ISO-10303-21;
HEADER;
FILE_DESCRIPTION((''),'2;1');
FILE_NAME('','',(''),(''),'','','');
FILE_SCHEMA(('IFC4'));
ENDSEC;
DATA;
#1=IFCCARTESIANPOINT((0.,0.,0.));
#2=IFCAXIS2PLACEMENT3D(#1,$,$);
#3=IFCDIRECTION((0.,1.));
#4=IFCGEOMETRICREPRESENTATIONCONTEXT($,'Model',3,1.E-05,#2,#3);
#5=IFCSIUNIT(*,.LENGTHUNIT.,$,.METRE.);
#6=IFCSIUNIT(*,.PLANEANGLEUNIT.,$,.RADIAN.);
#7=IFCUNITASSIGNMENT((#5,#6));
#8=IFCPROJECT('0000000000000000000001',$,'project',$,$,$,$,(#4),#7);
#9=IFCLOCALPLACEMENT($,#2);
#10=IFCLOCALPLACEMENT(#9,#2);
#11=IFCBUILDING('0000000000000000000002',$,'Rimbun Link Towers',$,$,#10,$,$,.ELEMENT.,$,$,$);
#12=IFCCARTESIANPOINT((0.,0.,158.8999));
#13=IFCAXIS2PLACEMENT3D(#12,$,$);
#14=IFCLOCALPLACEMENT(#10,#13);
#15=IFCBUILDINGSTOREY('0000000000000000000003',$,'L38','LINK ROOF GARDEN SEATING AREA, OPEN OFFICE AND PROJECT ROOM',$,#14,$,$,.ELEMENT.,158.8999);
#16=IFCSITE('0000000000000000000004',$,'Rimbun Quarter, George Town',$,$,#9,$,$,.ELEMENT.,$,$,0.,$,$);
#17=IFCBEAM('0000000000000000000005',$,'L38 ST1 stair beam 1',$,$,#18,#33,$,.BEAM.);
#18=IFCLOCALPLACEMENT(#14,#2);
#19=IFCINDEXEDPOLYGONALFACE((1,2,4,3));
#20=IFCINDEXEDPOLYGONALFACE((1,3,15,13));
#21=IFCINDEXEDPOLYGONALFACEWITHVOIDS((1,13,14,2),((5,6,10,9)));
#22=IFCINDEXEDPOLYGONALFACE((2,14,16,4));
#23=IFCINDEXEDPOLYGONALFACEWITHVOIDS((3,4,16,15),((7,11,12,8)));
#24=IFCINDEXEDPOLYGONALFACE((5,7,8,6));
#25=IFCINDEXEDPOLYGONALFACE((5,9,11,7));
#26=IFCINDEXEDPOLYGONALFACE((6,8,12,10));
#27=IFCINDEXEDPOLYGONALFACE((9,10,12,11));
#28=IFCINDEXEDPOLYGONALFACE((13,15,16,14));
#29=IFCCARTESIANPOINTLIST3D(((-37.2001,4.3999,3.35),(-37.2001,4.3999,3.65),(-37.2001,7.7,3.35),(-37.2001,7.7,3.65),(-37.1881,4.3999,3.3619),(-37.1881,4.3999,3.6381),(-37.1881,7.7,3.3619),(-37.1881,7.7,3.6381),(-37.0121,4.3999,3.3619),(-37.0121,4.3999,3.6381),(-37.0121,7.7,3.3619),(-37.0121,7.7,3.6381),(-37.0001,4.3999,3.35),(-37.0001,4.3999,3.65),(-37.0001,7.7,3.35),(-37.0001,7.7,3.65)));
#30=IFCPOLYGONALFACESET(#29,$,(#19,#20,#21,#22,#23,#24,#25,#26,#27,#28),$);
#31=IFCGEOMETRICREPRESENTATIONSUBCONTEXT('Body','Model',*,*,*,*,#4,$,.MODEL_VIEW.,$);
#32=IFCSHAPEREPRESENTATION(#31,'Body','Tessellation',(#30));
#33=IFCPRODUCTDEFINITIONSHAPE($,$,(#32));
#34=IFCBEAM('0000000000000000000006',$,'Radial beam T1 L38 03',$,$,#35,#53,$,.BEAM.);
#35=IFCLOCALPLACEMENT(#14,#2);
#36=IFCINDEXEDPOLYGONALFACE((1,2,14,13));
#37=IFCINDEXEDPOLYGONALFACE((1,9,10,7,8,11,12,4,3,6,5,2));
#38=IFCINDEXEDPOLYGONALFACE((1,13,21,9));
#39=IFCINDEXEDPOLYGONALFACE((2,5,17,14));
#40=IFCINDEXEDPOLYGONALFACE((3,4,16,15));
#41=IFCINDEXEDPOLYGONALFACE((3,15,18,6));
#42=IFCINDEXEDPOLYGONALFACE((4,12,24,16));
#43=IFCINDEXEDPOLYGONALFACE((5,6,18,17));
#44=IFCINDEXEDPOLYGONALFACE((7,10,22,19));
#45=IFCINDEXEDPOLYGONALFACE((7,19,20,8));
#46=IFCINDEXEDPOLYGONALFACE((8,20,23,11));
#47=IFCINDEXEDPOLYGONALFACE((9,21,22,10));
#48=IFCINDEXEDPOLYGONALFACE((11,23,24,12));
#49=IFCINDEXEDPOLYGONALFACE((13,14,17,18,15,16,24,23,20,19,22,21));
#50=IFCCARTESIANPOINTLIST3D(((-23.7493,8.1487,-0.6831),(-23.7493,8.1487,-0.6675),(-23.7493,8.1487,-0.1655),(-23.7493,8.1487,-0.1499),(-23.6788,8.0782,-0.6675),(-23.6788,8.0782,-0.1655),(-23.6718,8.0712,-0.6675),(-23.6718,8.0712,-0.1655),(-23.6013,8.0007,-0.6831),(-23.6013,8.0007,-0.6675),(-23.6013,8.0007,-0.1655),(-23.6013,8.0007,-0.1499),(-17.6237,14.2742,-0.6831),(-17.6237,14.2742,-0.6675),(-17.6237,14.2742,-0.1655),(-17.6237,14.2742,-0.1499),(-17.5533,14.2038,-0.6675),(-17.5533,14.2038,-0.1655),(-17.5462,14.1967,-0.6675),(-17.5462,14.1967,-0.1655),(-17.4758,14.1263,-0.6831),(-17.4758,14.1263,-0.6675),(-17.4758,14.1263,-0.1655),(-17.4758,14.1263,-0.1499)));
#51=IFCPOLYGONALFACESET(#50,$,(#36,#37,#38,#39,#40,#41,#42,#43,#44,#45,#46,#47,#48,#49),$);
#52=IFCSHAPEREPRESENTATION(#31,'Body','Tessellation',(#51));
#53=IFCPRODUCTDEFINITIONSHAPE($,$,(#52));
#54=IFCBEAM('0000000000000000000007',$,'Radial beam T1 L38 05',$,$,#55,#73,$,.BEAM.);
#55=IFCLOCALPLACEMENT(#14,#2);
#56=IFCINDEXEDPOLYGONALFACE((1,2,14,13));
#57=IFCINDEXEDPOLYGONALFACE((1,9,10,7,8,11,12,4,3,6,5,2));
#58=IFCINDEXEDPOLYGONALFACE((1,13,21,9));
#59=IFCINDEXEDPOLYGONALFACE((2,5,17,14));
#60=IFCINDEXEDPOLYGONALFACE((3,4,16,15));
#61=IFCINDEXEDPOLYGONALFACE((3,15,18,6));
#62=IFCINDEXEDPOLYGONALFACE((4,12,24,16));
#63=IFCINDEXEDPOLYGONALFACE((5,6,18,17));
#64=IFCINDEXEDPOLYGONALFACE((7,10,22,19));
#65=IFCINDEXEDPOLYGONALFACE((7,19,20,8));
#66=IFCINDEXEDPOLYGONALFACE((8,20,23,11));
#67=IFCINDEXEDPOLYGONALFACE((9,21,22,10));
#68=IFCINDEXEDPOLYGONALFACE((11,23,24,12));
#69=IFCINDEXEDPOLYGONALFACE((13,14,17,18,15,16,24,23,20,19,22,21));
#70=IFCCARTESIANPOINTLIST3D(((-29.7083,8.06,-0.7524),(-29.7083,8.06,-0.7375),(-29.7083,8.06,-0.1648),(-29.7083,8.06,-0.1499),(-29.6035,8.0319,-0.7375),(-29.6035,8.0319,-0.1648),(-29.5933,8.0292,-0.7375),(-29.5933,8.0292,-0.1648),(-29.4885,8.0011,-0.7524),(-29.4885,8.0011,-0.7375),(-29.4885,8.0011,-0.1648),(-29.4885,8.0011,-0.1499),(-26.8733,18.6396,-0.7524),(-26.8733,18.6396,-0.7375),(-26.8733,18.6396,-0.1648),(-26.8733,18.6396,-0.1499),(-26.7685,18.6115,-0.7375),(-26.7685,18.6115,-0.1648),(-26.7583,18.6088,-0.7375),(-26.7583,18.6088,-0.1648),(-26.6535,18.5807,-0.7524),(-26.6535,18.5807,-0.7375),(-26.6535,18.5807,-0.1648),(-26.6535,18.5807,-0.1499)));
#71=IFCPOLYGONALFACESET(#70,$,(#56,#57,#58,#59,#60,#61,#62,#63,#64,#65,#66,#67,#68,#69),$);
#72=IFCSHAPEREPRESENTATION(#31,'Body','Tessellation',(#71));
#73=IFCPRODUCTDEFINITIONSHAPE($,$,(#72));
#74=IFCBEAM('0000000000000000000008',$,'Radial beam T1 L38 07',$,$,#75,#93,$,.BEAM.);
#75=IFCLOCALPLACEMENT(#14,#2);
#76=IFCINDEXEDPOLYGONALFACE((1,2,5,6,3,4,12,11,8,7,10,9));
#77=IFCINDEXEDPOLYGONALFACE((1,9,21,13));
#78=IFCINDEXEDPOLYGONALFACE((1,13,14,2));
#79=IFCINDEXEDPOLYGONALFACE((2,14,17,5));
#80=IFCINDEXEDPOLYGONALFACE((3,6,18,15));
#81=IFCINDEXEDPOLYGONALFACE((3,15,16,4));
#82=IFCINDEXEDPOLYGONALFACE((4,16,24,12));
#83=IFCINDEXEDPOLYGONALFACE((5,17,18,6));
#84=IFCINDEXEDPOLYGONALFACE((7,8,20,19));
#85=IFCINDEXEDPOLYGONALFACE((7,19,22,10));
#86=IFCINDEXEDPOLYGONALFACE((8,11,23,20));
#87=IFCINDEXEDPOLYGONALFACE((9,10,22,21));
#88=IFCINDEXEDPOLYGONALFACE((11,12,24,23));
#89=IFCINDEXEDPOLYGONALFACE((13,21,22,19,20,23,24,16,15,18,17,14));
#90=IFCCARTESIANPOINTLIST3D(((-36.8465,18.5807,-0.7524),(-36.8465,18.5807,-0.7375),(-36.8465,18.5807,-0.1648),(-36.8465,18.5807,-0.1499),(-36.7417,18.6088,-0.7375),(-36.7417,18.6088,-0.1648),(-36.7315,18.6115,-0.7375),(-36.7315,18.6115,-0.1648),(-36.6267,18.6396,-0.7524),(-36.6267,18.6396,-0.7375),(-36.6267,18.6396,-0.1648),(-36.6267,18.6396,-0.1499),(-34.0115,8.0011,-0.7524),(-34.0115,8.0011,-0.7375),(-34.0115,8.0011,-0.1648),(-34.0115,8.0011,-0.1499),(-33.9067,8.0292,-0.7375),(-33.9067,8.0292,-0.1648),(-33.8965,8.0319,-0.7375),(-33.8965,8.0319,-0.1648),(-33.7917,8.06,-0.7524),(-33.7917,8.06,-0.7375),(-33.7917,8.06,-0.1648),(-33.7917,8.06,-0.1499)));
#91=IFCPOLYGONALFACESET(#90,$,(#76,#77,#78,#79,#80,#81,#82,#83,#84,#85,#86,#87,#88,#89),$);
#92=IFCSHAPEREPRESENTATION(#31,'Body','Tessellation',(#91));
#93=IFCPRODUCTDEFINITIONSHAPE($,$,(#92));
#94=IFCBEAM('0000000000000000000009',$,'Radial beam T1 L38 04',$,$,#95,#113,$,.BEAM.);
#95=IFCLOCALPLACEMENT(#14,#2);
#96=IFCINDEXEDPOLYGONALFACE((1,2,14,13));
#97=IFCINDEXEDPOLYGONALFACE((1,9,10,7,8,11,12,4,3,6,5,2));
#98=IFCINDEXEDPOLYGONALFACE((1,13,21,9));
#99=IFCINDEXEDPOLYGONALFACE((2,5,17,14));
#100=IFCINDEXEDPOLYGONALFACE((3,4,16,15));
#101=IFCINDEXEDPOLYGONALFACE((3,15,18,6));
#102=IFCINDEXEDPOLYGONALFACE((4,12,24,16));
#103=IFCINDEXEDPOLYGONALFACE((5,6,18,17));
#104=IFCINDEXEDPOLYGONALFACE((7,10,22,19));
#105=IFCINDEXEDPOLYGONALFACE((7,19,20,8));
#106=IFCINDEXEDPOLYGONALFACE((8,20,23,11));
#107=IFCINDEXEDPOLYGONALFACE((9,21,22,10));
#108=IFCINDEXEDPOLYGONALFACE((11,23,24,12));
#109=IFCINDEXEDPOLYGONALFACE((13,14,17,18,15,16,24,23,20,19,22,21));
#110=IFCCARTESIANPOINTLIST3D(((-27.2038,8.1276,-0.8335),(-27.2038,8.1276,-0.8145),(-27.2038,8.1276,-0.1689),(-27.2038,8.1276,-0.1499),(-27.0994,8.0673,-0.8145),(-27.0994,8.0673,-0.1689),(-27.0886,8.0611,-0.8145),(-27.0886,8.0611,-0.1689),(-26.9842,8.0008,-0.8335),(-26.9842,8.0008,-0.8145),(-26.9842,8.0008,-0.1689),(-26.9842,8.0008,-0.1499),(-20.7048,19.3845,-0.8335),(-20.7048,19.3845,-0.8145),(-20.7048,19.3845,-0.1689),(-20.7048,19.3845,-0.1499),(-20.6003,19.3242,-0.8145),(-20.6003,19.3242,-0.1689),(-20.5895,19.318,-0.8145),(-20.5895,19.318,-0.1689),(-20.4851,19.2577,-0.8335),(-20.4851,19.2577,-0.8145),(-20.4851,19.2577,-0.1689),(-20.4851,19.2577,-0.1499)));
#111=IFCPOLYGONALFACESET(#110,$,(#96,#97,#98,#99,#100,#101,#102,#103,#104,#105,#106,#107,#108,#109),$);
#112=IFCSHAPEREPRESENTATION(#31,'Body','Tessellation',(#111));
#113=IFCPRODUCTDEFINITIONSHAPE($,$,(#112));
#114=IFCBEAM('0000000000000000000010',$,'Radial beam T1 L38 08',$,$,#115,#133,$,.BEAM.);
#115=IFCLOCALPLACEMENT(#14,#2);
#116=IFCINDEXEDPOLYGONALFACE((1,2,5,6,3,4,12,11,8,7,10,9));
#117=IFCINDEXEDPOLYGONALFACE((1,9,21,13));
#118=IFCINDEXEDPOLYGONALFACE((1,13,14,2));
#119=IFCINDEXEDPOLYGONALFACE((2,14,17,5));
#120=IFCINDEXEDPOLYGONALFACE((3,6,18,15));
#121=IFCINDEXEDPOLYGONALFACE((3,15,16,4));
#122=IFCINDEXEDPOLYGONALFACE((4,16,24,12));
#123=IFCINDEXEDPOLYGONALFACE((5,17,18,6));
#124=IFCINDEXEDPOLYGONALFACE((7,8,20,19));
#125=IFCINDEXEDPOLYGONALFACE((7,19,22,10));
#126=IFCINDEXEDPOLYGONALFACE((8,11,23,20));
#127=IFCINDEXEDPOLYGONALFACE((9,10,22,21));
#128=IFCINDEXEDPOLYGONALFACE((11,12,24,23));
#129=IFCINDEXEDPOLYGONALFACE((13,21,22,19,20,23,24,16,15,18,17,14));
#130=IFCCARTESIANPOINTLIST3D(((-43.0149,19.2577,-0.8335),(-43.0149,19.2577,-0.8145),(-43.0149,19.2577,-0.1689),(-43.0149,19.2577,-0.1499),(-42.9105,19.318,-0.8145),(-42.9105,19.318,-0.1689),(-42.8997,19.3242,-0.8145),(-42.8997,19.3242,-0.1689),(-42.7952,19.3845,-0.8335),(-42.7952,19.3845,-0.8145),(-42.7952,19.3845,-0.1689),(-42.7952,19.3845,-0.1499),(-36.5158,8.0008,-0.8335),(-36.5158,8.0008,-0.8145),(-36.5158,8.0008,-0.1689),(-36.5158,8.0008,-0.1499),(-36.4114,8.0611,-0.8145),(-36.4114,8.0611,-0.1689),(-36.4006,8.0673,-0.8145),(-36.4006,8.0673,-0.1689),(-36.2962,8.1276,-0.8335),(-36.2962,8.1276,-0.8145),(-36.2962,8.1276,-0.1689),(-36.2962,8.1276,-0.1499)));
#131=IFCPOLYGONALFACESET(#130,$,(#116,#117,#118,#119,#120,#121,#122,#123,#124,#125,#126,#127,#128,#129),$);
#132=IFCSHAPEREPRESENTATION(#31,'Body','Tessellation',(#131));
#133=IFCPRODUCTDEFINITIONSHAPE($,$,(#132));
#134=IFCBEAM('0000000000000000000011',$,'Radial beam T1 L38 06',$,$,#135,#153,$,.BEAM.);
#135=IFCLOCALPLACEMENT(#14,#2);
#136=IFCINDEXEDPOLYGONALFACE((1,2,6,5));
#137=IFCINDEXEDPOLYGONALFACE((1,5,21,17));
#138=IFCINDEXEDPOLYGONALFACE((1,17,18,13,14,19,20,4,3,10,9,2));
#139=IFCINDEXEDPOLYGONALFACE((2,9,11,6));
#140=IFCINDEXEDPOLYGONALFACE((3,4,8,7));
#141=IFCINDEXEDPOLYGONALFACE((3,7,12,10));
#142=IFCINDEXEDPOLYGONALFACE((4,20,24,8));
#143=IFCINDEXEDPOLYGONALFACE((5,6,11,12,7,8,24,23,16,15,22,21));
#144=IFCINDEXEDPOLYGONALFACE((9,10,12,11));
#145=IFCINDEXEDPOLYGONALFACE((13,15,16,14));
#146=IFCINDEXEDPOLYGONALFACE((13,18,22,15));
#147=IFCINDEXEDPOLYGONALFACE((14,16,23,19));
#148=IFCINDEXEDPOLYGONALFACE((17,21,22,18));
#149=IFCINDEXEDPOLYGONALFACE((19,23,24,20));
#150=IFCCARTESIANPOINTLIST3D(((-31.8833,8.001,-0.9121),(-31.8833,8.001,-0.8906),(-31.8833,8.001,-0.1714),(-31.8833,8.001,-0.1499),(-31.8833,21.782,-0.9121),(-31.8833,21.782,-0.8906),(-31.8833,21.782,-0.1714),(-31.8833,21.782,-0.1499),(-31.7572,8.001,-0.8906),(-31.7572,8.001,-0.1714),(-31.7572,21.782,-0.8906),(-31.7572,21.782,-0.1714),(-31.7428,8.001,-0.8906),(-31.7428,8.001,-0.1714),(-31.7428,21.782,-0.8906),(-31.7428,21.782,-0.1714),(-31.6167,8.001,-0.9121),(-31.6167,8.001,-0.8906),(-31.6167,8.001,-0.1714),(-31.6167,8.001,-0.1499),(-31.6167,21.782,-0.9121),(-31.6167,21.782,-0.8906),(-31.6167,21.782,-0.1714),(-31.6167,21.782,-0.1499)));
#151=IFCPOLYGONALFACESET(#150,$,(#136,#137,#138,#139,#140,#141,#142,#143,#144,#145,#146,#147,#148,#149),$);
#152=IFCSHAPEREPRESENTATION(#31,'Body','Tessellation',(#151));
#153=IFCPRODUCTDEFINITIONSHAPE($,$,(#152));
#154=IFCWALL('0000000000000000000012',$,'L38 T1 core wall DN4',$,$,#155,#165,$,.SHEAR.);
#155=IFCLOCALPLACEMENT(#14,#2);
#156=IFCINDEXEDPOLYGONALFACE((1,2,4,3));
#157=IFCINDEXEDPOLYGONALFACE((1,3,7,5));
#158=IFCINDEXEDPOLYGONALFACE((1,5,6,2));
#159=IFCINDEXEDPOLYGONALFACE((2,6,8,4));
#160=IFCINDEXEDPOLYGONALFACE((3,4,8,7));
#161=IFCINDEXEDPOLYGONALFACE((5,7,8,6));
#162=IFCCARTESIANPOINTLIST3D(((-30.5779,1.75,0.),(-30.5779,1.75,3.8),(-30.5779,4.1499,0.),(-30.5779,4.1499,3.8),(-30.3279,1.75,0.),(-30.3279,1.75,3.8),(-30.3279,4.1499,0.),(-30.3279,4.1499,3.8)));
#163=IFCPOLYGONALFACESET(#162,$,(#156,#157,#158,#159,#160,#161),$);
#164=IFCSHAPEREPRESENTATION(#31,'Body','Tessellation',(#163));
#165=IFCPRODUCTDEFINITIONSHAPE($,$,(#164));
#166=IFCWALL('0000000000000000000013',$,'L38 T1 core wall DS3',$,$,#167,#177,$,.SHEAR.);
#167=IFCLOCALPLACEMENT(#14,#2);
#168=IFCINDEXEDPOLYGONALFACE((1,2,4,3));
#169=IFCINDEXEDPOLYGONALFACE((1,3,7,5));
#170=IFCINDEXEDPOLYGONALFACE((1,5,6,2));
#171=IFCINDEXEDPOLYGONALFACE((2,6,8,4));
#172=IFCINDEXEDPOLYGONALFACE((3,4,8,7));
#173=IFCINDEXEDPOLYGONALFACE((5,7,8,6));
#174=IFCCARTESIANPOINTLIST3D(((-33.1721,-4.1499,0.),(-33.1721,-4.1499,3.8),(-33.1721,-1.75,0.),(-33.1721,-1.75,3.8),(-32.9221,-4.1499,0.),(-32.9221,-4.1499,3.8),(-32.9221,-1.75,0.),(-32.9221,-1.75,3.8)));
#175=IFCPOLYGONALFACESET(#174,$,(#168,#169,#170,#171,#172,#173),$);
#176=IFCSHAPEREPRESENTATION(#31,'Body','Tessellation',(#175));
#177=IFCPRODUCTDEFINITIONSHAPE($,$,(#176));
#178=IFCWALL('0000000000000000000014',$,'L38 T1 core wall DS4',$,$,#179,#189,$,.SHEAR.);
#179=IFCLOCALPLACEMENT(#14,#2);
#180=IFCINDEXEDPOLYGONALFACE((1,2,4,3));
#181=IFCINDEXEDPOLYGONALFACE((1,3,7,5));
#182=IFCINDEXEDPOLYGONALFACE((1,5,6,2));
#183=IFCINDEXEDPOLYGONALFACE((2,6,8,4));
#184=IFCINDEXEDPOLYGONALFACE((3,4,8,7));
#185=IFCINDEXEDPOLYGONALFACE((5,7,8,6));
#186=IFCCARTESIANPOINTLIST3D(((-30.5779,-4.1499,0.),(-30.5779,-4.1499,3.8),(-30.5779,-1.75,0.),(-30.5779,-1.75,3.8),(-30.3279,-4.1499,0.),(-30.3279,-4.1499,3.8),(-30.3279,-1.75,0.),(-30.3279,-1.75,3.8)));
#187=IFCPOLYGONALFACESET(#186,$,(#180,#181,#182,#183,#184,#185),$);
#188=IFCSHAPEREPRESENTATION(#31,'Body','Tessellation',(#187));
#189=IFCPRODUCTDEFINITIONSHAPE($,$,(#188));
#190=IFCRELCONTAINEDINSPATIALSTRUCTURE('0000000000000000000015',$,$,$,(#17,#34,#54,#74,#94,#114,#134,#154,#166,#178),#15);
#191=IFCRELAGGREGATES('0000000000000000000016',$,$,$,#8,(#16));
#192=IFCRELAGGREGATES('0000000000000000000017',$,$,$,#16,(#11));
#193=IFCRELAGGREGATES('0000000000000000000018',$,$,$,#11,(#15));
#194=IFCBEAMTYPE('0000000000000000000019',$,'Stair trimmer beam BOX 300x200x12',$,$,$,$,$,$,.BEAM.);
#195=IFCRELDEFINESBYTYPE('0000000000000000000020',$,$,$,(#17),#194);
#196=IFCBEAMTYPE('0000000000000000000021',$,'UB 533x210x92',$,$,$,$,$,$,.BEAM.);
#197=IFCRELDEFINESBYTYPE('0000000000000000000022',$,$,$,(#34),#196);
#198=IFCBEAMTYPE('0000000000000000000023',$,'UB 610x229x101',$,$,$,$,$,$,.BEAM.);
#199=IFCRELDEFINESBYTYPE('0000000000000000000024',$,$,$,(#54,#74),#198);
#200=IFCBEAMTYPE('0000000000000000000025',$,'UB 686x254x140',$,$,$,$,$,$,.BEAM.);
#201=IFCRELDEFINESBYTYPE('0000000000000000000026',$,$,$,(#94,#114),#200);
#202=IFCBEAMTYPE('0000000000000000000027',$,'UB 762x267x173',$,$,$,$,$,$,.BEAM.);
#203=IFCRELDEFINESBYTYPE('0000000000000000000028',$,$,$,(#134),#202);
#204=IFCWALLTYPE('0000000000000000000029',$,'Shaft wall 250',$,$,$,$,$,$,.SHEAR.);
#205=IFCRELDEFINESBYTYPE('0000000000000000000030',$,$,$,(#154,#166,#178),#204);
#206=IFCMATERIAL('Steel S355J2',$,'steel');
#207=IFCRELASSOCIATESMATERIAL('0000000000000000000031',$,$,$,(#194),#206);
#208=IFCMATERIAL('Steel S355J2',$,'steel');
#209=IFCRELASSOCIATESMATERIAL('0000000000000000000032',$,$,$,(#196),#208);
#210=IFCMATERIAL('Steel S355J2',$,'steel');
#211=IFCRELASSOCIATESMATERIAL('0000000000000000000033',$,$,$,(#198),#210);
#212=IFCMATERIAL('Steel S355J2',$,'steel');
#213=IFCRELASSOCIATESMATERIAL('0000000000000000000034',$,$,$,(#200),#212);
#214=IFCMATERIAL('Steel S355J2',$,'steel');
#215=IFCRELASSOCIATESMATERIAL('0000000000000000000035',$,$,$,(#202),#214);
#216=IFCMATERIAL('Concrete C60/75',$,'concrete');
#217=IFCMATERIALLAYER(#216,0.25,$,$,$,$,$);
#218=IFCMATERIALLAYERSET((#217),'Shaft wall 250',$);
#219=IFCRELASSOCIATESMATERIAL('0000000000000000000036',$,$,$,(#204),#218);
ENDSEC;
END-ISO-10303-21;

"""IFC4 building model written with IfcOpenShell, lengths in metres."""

from ifc_helpers import new_model, si_unit, direction, frame, frame_2d, origin, origin_2d, place, context, subcontext, project, spatial, rectangle, hollow_rectangle, i_section, extrude, material, layer, layer_set, material_profile, profile_set, type_object, element, save


model = new_model("IFC4")

# Units and contexts
model_context = context("Model", 3, precision=1e-05, world=origin(), true_north=direction((0.0, 1.0)))
body_context = subcontext(model_context, "Body", "Model", "MODEL_VIEW")
ifc_project = project(units=[si_unit("LENGTHUNIT", "METRE"), si_unit("PLANEANGLEUNIT", "RADIAN")], contexts=[model_context])

# Site, building, storey
site_placement = place(None, origin())
site = spatial("IfcSite", under=ifc_project, at=site_placement, Name="Rimbun Quarter, George Town", CompositionType="ELEMENT", RefElevation=0.0)
building_placement = place(site_placement, origin())
building = spatial("IfcBuilding", under=site, at=building_placement, Name="Rimbun Link Towers", CompositionType="ELEMENT")
storey_placement = place(building_placement, frame((0.0, 0.0, 158.8999)))
storey = spatial("IfcBuildingStorey", under=building, at=storey_placement, Name="L38", Description="LINK ROOF GARDEN SEATING AREA, OPEN OFFICE AND PROJECT ROOM", CompositionType="ELEMENT", Elevation=158.8999)

# Beams
ifc_material_1 = material(Name="Steel S355J2", Category="steel")
ifc_material_profile_1 = material_profile(ifc_material_1, hollow_rectangle(XDim=0.2, YDim=0.3, WallThickness=0.012, at=origin_2d()), Name="BOX 300x200x12")
ifc_profile_set_1 = profile_set([ifc_material_profile_1], Name="Steel S355J2")
beam_type_1 = type_object("IfcBeamType", Name="Stair trimmer beam BOX 300x200x12", PredefinedType="BEAM", material=ifc_profile_set_1)
beam_1_placement = place(storey_placement, frame((-37.1001, 7.7, 3.5), z_axis=(0.0, -1.0, 0.0), x_axis=(1.0, 0.0, 0.0)))
element("IfcBeam", 1, at=beam_1_placement, inside=storey, type_object=beam_type_1, Name="L38 ST1 stair beam 1", PredefinedType="BEAM", context=body_context, shape_type="SweptSolid", body=[
    extrude(hollow_rectangle(XDim=0.2, YDim=0.3, WallThickness=0.012, at=origin_2d()), origin(), (0.0, 0.0, 1.0), 3.3),
])
ifc_material_2 = material(Name="Steel S355J2", Category="steel")
ifc_material_profile_2 = material_profile(ifc_material_2, i_section(OverallWidth=0.2092, OverallDepth=0.5332, WebThickness=0.01, FlangeThickness=0.0156, at=origin_2d()), Name="UB 533x210x92")
ifc_profile_set_2 = profile_set([ifc_material_profile_2], Name="Steel S355J2")
beam_type_2 = type_object("IfcBeamType", Name="UB 533x210x92", PredefinedType="BEAM", material=ifc_profile_set_2)
beam_2_placement = place(storey_placement, frame((-23.6753, 8.0747, -0.4165), z_axis=(0.707107, 0.707107, 0.0), x_axis=(-0.707107, 0.707107, 0.0)))
element("IfcBeam", 2, at=beam_2_placement, inside=storey, type_object=beam_type_2, Name="Radial beam T1 L38 03", PredefinedType="BEAM", context=body_context, shape_type="SweptSolid", body=[
    extrude(i_section(OverallWidth=0.2092, OverallDepth=0.5332, WebThickness=0.01, FlangeThickness=0.0156, at=origin_2d()), origin(), (0.0, 0.0, 1.0), 8.6628),
])
ifc_material_3 = material(Name="Steel S355J2", Category="steel")
ifc_material_profile_3 = material_profile(ifc_material_3, i_section(OverallWidth=0.2275, OverallDepth=0.6025, WebThickness=0.0105, FlangeThickness=0.0149, at=origin_2d()), Name="UB 610x229x101")
ifc_profile_set_3 = profile_set([ifc_material_profile_3], Name="Steel S355J2")
beam_type_3 = type_object("IfcBeamType", Name="UB 610x229x101", PredefinedType="BEAM", material=ifc_profile_set_3)
for number, where, z_axis, x_axis, name in (
    (3, (-29.5984, 8.0305, -0.4512), (0.258833, 0.965922, 0.0), (-0.965922, 0.258833, 0.0), "Radial beam T1 L38 05"),
    (4, (-33.9016, 8.0305, -0.4512), (-0.258833, 0.965922, 0.0), (-0.965922, -0.258833, 0.0), "Radial beam T1 L38 07"),
):
    element("IfcBeam", number, at=place(storey_placement, frame(where, z_axis=z_axis, x_axis=x_axis)), inside=storey, type_object=beam_type_3, Name=name, PredefinedType="BEAM", context=body_context, shape_type="SweptSolid", body=[
        extrude(i_section(OverallWidth=0.2275, OverallDepth=0.6025, WebThickness=0.0105, FlangeThickness=0.0149, at=origin_2d()), origin(), (0.0, 0.0, 1.0), 10.9529),
    ])
ifc_material_4 = material(Name="Steel S355J2", Category="steel")
ifc_material_profile_4 = material_profile(ifc_material_4, i_section(OverallWidth=0.2537, OverallDepth=0.6836, WebThickness=0.0125, FlangeThickness=0.019, at=origin_2d()), Name="UB 686x254x140")
ifc_profile_set_4 = profile_set([ifc_material_profile_4], Name="Steel S355J2")
beam_type_4 = type_object("IfcBeamType", Name="UB 686x254x140", PredefinedType="BEAM", material=ifc_profile_set_4)
for number, where, z_axis, x_axis, name in (
    (5, (-27.094, 8.0642, -0.4917), (0.499993, 0.866029, 0.0), (-0.866029, 0.499993, 0.0), "Radial beam T1 L38 04"),
    (6, (-36.406, 8.0642, -0.4917), (-0.499993, 0.866029, 0.0), (-0.866029, -0.499993, 0.0), "Radial beam T1 L38 08"),
):
    element("IfcBeam", number, at=place(storey_placement, frame(where, z_axis=z_axis, x_axis=x_axis)), inside=storey, type_object=beam_type_4, Name=name, PredefinedType="BEAM", context=body_context, shape_type="SweptSolid", body=[
        extrude(i_section(OverallWidth=0.2537, OverallDepth=0.6836, WebThickness=0.0125, FlangeThickness=0.019, at=origin_2d()), origin(), (0.0, 0.0, 1.0), 12.9983),
    ])
ifc_material_5 = material(Name="Steel S355J2", Category="steel")
ifc_material_profile_5 = material_profile(ifc_material_5, i_section(OverallWidth=0.2666, OverallDepth=0.7622, WebThickness=0.0144, FlangeThickness=0.0215, at=origin_2d()), Name="UB 762x267x173")
ifc_profile_set_5 = profile_set([ifc_material_profile_5], Name="Steel S355J2")
beam_type_5 = type_object("IfcBeamType", Name="UB 762x267x173", PredefinedType="BEAM", material=ifc_profile_set_5)
beam_3_placement = place(storey_placement, frame((-31.75, 8.001, -0.531), z_axis=(0.0, 1.0, 0.0), x_axis=(-1.0, 0.0, 0.0)))
element("IfcBeam", 7, at=beam_3_placement, inside=storey, type_object=beam_type_5, Name="Radial beam T1 L38 06", PredefinedType="BEAM", context=body_context, shape_type="SweptSolid", body=[
    extrude(i_section(OverallWidth=0.2666, OverallDepth=0.7622, WebThickness=0.0144, FlangeThickness=0.0215, at=origin_2d()), origin(), (0.0, 0.0, 1.0), 13.781),
])

# Walls
ifc_material_6 = material(Name="Concrete C60/75", Category="concrete")
ifc_layer_1 = layer(ifc_material_6, 0.25)
ifc_layer_set_1 = layer_set([ifc_layer_1], Name="Shaft wall 250")
wall_type_1 = type_object("IfcWallType", Name="Shaft wall 250", PredefinedType="SHEAR", material=ifc_layer_set_1)
for number, where, z_axis, x_axis, name in (
    (8, (-30.4529, 1.75, 0.0), (0.0, 0.0, 1.0), (0.0, 1.0, 0.0), "L38 T1 core wall DN4"),
    (9, (-33.0471, -4.1499, 0.0), (0.0, 0.0, 1.0), (0.0, 1.0, 0.0), "L38 T1 core wall DS3"),
    (10, (-30.4529, -4.1499, 0.0), (0.0, 0.0, 1.0), (0.0, 1.0, 0.0), "L38 T1 core wall DS4"),
):
    element("IfcWall", number, at=place(storey_placement, frame(where, z_axis=z_axis, x_axis=x_axis)), inside=storey, type_object=wall_type_1, Name=name, PredefinedType="SHEAR", context=body_context, shape_type="SweptSolid", body=[
        extrude(rectangle(XDim=2.3999, YDim=0.25, at=frame_2d((1.2, 0.0))), origin(), (0.0, 0.0, 1.0), 3.8),
    ])

save(model, "model.ifc")
